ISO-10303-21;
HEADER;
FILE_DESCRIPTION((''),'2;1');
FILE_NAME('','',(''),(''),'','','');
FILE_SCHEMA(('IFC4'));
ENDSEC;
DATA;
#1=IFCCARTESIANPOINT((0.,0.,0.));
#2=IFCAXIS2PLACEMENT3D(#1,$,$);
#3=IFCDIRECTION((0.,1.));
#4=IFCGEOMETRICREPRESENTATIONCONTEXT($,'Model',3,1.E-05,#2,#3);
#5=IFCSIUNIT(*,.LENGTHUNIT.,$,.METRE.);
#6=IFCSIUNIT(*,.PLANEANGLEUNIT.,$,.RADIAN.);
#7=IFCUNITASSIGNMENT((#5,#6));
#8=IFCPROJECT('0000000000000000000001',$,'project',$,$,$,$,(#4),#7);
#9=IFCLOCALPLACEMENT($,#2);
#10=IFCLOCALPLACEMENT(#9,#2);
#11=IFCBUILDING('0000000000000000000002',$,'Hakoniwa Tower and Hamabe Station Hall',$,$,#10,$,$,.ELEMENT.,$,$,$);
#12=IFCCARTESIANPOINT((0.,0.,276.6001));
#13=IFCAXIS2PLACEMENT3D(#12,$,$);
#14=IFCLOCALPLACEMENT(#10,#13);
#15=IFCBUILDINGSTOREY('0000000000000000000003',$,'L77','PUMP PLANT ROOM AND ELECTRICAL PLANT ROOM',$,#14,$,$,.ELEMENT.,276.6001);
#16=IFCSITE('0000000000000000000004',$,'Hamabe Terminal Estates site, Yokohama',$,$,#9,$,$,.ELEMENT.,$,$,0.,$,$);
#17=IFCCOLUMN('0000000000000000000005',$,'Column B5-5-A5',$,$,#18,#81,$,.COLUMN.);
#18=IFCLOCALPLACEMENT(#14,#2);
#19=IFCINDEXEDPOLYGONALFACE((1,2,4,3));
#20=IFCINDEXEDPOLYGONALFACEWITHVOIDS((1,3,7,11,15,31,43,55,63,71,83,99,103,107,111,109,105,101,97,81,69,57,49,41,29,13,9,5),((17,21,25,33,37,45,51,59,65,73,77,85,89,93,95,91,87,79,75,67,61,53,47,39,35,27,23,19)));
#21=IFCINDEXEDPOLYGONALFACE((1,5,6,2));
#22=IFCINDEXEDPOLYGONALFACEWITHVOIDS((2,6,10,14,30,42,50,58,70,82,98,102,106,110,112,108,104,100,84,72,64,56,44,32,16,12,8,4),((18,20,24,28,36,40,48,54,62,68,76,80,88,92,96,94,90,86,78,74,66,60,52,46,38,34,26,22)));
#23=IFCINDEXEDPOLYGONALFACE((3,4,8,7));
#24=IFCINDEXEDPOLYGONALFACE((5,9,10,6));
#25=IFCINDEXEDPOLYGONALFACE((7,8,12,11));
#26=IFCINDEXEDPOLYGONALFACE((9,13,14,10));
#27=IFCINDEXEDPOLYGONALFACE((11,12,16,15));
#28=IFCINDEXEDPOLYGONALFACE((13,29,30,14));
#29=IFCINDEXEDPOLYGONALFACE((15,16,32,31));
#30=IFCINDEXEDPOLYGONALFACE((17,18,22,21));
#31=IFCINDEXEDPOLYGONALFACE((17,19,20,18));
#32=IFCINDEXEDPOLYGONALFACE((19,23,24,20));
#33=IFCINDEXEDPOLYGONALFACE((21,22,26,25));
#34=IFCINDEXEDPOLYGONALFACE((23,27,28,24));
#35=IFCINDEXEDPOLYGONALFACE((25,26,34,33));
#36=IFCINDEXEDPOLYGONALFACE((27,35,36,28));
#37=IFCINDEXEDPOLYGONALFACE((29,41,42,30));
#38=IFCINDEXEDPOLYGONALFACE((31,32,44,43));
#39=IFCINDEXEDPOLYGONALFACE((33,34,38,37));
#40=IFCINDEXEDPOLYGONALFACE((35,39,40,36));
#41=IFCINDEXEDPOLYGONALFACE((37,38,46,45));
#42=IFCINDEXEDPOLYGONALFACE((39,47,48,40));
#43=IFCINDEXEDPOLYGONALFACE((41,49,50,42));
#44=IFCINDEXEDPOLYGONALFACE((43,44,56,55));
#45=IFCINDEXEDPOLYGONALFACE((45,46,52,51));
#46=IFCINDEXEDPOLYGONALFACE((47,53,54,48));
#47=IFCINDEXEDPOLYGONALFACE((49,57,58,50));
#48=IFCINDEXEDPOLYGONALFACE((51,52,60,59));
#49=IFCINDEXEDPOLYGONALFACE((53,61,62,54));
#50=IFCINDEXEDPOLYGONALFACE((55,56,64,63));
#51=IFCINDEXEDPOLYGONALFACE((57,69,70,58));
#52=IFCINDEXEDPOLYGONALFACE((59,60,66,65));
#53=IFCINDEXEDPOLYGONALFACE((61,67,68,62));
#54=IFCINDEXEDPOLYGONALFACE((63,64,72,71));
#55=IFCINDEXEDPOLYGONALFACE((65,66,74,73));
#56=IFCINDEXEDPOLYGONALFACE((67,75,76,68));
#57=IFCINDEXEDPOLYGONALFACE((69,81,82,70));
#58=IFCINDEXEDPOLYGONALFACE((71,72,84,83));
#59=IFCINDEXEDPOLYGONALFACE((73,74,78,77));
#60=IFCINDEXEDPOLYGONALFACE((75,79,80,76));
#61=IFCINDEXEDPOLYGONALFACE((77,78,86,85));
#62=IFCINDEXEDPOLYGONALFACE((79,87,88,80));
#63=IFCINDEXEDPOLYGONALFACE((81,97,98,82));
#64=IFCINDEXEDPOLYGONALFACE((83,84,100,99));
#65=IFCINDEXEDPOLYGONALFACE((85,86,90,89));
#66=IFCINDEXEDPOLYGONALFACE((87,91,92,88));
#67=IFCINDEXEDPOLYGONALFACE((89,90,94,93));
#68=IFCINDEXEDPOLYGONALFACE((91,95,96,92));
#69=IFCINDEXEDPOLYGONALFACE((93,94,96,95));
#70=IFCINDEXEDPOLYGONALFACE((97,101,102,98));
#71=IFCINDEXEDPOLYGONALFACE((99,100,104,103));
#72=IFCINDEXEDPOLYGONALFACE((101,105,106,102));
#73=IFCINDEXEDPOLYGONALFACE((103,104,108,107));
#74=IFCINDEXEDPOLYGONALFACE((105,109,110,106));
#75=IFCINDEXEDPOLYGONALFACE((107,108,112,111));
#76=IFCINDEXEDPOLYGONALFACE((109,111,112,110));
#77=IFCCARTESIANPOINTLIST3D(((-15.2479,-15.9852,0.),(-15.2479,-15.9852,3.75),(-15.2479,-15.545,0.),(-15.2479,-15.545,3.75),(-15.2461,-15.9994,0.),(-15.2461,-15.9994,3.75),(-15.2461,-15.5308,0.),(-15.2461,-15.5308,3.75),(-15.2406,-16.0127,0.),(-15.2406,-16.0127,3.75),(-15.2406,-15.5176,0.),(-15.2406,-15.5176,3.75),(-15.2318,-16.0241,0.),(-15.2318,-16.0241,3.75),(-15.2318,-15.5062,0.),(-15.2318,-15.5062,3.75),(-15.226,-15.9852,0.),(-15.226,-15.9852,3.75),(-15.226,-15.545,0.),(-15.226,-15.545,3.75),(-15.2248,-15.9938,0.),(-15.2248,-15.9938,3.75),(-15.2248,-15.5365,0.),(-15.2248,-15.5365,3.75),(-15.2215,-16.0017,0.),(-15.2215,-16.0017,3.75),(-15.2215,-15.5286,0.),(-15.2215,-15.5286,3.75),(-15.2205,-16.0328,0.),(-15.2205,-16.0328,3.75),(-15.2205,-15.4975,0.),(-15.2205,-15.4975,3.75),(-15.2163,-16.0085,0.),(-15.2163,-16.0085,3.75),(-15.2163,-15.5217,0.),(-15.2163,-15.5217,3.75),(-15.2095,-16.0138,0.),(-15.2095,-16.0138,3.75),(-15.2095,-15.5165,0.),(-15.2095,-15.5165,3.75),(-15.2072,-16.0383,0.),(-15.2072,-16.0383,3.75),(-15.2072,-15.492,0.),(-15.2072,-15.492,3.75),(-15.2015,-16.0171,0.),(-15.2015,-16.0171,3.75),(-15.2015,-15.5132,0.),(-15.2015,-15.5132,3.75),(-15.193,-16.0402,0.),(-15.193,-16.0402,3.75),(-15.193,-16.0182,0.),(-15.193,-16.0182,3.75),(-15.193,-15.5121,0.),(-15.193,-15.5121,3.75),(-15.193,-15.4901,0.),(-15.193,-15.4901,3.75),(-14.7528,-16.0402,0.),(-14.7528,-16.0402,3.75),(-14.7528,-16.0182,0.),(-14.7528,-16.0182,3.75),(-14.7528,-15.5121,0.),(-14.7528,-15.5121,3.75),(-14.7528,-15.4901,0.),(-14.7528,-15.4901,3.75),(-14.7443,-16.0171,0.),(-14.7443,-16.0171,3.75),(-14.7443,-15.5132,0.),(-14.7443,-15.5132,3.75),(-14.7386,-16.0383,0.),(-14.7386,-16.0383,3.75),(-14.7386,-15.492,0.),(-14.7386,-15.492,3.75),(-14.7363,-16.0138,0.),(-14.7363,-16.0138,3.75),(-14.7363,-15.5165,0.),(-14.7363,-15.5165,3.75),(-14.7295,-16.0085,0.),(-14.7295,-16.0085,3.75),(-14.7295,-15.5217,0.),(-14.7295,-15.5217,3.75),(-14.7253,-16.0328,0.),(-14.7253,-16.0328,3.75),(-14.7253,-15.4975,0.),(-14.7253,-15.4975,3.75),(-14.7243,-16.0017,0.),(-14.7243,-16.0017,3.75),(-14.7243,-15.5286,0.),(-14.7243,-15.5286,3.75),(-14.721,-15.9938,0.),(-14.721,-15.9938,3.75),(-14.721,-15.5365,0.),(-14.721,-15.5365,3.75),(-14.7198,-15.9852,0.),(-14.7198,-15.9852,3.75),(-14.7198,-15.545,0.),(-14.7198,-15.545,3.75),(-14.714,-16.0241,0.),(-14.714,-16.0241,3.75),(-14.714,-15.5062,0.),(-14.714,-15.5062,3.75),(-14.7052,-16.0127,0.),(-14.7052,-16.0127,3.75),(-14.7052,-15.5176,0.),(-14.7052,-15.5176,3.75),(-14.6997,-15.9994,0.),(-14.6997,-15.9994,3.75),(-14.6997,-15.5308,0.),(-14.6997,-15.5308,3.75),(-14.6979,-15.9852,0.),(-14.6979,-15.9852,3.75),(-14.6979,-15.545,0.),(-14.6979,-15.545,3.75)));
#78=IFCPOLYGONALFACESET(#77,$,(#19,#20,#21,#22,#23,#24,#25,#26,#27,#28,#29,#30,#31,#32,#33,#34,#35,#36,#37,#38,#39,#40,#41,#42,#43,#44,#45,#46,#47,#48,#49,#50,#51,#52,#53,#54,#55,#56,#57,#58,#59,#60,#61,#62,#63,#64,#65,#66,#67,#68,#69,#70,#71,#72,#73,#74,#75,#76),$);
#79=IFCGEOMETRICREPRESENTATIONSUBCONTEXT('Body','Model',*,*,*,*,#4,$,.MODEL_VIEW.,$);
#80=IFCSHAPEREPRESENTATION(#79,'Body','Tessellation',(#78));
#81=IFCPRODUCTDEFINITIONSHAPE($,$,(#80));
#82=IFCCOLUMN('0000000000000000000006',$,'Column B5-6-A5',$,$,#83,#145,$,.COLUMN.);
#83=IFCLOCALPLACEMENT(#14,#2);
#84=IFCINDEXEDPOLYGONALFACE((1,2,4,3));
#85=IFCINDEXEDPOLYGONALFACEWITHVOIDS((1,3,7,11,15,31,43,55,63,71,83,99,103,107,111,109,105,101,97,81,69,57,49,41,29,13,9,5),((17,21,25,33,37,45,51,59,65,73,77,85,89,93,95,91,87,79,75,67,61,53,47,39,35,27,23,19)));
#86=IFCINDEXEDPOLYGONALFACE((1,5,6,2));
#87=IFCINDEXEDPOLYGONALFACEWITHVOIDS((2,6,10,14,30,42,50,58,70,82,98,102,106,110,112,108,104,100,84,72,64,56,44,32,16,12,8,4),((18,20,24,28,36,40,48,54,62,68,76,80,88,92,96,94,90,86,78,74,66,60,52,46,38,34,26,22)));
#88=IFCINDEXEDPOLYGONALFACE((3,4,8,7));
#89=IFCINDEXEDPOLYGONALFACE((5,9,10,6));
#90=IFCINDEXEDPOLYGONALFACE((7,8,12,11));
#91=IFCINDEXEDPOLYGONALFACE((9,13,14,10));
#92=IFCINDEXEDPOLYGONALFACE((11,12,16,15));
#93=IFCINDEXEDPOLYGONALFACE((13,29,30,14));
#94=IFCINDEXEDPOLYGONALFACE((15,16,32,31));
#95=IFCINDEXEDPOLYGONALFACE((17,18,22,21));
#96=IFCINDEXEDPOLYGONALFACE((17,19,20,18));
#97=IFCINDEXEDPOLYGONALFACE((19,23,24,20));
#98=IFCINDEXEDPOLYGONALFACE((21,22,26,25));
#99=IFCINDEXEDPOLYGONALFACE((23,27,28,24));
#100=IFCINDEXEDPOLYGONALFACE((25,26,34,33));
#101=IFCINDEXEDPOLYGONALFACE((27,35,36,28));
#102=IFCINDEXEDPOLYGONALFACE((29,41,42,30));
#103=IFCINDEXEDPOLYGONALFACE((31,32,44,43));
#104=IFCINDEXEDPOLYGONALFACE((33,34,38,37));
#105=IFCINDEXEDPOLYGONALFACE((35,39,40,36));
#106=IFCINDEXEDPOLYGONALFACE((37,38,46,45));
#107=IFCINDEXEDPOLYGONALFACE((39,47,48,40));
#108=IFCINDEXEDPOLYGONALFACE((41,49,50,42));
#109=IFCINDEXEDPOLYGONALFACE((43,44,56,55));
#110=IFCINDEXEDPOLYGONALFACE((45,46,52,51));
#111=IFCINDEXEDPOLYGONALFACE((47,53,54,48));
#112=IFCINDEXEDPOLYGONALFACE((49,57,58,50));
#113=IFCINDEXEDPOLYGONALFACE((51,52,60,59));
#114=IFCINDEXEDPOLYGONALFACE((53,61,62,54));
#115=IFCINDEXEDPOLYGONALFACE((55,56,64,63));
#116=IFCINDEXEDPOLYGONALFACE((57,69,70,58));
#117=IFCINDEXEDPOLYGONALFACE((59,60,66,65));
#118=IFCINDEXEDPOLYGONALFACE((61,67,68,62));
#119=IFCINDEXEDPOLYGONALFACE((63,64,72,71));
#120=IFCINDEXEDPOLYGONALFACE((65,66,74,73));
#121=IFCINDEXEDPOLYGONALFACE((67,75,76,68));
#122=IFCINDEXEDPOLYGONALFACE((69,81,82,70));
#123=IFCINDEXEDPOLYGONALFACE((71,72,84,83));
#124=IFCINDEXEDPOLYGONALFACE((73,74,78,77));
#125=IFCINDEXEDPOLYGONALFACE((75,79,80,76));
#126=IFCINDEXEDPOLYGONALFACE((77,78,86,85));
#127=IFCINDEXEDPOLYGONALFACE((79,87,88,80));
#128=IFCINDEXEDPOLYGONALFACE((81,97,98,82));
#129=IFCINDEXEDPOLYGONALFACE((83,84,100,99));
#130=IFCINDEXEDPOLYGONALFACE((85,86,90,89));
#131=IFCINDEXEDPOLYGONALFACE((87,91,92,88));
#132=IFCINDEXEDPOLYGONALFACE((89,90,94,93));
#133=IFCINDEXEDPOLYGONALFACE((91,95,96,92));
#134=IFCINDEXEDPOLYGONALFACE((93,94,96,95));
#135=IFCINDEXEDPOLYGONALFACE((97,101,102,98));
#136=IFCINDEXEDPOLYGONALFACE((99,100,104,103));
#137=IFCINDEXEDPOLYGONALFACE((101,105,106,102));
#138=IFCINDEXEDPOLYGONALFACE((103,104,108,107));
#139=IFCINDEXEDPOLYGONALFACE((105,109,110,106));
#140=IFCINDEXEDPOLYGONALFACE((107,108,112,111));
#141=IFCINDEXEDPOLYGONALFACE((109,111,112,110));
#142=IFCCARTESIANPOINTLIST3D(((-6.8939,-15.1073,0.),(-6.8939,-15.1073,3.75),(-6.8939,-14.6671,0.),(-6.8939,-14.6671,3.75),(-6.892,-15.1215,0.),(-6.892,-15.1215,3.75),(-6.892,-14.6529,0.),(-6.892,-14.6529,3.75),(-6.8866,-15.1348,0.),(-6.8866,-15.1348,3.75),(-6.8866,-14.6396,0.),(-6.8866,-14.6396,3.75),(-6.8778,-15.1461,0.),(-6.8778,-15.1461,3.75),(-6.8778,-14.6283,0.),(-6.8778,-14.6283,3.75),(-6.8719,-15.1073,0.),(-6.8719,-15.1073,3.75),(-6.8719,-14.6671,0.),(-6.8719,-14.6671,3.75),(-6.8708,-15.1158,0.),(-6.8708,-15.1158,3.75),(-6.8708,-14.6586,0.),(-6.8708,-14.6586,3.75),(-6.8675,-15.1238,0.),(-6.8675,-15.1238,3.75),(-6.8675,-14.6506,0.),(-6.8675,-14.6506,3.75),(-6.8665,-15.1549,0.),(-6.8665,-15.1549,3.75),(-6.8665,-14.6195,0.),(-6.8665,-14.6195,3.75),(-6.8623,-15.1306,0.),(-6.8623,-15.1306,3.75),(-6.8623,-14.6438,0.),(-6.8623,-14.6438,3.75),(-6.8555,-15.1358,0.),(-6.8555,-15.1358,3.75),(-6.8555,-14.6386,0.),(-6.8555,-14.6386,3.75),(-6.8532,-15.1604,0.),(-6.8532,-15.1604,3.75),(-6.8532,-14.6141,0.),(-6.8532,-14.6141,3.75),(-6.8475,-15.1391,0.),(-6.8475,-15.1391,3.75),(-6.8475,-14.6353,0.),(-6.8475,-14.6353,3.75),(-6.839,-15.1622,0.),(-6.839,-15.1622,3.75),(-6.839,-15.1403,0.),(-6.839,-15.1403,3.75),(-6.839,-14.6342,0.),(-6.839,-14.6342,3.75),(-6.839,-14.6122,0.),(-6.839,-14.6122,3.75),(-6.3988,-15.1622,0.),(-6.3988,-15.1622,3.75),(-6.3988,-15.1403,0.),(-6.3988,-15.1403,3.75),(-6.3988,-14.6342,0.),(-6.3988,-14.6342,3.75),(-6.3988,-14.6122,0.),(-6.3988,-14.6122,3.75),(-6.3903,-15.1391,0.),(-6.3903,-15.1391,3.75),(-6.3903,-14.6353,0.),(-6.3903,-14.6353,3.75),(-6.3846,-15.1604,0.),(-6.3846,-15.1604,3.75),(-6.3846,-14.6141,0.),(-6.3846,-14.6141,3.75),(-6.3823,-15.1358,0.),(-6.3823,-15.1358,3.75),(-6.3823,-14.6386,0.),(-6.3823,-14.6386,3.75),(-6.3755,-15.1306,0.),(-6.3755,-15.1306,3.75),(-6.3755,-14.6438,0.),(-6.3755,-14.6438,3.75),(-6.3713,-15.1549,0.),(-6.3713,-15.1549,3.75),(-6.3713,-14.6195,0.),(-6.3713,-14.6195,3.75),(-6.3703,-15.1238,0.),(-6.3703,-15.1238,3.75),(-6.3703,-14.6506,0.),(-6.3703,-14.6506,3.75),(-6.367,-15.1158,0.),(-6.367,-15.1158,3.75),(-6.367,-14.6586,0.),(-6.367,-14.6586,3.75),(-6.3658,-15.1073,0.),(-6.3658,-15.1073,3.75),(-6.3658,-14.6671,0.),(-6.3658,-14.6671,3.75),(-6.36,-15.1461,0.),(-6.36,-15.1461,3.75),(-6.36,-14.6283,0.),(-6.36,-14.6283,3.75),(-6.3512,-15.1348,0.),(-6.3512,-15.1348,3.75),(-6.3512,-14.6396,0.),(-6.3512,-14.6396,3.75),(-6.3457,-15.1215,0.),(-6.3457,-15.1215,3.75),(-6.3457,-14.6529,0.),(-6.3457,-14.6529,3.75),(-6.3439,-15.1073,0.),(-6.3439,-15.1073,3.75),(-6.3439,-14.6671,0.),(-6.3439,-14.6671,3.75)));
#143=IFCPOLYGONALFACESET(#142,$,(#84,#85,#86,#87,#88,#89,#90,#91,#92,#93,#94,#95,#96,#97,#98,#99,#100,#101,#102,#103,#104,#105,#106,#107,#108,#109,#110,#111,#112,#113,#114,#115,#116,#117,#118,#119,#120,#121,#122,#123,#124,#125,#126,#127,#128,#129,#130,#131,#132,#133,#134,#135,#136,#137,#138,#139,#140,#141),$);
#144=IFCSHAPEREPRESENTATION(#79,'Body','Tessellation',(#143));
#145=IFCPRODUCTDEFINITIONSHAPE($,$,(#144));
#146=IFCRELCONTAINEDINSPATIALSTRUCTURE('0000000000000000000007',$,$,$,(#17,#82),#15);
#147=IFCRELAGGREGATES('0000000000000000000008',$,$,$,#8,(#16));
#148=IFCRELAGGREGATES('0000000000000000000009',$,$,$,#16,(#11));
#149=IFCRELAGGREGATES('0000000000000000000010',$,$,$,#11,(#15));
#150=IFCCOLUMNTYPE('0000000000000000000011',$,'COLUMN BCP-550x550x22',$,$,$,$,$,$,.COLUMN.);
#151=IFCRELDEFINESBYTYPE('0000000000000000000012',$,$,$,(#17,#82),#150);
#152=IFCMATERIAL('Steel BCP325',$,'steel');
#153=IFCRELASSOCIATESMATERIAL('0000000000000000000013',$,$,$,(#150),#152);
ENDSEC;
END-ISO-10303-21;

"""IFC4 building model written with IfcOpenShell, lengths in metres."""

from ifc_helpers import new_model, si_unit, direction, frame, origin, origin_2d, place, context, subcontext, project, spatial, hollow_rectangle, extrude, material, material_profile, profile_set, type_object, element, save


model = new_model("IFC4")

# Units and contexts
model_context = context("Model", 3, precision=1e-05, world=origin(), true_north=direction((0.0, 1.0)))
body_context = subcontext(model_context, "Body", "Model", "MODEL_VIEW")
ifc_project = project(units=[si_unit("LENGTHUNIT", "METRE"), si_unit("PLANEANGLEUNIT", "RADIAN")], contexts=[model_context])

# Site, building, storey
site_placement = place(None, origin())
site = spatial("IfcSite", under=ifc_project, at=site_placement, Name="Hamabe Terminal Estates site, Yokohama", CompositionType="ELEMENT", RefElevation=0.0)
building_placement = place(site_placement, origin())
building = spatial("IfcBuilding", under=site, at=building_placement, Name="Hakoniwa Tower and Hamabe Station Hall", CompositionType="ELEMENT")
storey_placement = place(building_placement, frame((0.0, 0.0, 276.6001)))
storey = spatial("IfcBuildingStorey", under=building, at=storey_placement, Name="L77", Description="PUMP PLANT ROOM AND ELECTRICAL PLANT ROOM", CompositionType="ELEMENT", Elevation=276.6001)

# Columns
ifc_material_1 = material(Name="Steel BCP325", Category="steel")
ifc_material_profile_1 = material_profile(ifc_material_1, hollow_rectangle(XDim=0.55, YDim=0.55, WallThickness=0.022, InnerFilletRadius=0.033, OuterFilletRadius=0.0549, at=origin_2d()), Name="BCP-550x550x22")
ifc_profile_set_1 = profile_set([ifc_material_profile_1], Name="Steel BCP325")
column_type_1 = type_object("IfcColumnType", Name="COLUMN BCP-550x550x22", PredefinedType="COLUMN", material=ifc_profile_set_1)
for number, where, z_axis, x_axis, name in (
    (1, (-14.9729, -15.7651, 0.0), (0.0, 0.0, 1.0), (1.0, 0.0, 0.0), "Column B5-5-A5"),
    (2, (-6.6189, -14.8872, 0.0), (0.0, 0.0, 1.0), (1.0, 0.0, 0.0), "Column B5-6-A5"),
):
    element("IfcColumn", number, at=place(storey_placement, frame(where, z_axis=z_axis, x_axis=x_axis)), inside=storey, type_object=column_type_1, Name=name, PredefinedType="COLUMN", context=body_context, shape_type="SweptSolid", body=[
        extrude(hollow_rectangle(XDim=0.55, YDim=0.55, WallThickness=0.022, InnerFilletRadius=0.033, OuterFilletRadius=0.0549, at=origin_2d()), origin(), (0.0, 0.0, 1.0), 3.75),
    ])

save(model, "model.ifc")
